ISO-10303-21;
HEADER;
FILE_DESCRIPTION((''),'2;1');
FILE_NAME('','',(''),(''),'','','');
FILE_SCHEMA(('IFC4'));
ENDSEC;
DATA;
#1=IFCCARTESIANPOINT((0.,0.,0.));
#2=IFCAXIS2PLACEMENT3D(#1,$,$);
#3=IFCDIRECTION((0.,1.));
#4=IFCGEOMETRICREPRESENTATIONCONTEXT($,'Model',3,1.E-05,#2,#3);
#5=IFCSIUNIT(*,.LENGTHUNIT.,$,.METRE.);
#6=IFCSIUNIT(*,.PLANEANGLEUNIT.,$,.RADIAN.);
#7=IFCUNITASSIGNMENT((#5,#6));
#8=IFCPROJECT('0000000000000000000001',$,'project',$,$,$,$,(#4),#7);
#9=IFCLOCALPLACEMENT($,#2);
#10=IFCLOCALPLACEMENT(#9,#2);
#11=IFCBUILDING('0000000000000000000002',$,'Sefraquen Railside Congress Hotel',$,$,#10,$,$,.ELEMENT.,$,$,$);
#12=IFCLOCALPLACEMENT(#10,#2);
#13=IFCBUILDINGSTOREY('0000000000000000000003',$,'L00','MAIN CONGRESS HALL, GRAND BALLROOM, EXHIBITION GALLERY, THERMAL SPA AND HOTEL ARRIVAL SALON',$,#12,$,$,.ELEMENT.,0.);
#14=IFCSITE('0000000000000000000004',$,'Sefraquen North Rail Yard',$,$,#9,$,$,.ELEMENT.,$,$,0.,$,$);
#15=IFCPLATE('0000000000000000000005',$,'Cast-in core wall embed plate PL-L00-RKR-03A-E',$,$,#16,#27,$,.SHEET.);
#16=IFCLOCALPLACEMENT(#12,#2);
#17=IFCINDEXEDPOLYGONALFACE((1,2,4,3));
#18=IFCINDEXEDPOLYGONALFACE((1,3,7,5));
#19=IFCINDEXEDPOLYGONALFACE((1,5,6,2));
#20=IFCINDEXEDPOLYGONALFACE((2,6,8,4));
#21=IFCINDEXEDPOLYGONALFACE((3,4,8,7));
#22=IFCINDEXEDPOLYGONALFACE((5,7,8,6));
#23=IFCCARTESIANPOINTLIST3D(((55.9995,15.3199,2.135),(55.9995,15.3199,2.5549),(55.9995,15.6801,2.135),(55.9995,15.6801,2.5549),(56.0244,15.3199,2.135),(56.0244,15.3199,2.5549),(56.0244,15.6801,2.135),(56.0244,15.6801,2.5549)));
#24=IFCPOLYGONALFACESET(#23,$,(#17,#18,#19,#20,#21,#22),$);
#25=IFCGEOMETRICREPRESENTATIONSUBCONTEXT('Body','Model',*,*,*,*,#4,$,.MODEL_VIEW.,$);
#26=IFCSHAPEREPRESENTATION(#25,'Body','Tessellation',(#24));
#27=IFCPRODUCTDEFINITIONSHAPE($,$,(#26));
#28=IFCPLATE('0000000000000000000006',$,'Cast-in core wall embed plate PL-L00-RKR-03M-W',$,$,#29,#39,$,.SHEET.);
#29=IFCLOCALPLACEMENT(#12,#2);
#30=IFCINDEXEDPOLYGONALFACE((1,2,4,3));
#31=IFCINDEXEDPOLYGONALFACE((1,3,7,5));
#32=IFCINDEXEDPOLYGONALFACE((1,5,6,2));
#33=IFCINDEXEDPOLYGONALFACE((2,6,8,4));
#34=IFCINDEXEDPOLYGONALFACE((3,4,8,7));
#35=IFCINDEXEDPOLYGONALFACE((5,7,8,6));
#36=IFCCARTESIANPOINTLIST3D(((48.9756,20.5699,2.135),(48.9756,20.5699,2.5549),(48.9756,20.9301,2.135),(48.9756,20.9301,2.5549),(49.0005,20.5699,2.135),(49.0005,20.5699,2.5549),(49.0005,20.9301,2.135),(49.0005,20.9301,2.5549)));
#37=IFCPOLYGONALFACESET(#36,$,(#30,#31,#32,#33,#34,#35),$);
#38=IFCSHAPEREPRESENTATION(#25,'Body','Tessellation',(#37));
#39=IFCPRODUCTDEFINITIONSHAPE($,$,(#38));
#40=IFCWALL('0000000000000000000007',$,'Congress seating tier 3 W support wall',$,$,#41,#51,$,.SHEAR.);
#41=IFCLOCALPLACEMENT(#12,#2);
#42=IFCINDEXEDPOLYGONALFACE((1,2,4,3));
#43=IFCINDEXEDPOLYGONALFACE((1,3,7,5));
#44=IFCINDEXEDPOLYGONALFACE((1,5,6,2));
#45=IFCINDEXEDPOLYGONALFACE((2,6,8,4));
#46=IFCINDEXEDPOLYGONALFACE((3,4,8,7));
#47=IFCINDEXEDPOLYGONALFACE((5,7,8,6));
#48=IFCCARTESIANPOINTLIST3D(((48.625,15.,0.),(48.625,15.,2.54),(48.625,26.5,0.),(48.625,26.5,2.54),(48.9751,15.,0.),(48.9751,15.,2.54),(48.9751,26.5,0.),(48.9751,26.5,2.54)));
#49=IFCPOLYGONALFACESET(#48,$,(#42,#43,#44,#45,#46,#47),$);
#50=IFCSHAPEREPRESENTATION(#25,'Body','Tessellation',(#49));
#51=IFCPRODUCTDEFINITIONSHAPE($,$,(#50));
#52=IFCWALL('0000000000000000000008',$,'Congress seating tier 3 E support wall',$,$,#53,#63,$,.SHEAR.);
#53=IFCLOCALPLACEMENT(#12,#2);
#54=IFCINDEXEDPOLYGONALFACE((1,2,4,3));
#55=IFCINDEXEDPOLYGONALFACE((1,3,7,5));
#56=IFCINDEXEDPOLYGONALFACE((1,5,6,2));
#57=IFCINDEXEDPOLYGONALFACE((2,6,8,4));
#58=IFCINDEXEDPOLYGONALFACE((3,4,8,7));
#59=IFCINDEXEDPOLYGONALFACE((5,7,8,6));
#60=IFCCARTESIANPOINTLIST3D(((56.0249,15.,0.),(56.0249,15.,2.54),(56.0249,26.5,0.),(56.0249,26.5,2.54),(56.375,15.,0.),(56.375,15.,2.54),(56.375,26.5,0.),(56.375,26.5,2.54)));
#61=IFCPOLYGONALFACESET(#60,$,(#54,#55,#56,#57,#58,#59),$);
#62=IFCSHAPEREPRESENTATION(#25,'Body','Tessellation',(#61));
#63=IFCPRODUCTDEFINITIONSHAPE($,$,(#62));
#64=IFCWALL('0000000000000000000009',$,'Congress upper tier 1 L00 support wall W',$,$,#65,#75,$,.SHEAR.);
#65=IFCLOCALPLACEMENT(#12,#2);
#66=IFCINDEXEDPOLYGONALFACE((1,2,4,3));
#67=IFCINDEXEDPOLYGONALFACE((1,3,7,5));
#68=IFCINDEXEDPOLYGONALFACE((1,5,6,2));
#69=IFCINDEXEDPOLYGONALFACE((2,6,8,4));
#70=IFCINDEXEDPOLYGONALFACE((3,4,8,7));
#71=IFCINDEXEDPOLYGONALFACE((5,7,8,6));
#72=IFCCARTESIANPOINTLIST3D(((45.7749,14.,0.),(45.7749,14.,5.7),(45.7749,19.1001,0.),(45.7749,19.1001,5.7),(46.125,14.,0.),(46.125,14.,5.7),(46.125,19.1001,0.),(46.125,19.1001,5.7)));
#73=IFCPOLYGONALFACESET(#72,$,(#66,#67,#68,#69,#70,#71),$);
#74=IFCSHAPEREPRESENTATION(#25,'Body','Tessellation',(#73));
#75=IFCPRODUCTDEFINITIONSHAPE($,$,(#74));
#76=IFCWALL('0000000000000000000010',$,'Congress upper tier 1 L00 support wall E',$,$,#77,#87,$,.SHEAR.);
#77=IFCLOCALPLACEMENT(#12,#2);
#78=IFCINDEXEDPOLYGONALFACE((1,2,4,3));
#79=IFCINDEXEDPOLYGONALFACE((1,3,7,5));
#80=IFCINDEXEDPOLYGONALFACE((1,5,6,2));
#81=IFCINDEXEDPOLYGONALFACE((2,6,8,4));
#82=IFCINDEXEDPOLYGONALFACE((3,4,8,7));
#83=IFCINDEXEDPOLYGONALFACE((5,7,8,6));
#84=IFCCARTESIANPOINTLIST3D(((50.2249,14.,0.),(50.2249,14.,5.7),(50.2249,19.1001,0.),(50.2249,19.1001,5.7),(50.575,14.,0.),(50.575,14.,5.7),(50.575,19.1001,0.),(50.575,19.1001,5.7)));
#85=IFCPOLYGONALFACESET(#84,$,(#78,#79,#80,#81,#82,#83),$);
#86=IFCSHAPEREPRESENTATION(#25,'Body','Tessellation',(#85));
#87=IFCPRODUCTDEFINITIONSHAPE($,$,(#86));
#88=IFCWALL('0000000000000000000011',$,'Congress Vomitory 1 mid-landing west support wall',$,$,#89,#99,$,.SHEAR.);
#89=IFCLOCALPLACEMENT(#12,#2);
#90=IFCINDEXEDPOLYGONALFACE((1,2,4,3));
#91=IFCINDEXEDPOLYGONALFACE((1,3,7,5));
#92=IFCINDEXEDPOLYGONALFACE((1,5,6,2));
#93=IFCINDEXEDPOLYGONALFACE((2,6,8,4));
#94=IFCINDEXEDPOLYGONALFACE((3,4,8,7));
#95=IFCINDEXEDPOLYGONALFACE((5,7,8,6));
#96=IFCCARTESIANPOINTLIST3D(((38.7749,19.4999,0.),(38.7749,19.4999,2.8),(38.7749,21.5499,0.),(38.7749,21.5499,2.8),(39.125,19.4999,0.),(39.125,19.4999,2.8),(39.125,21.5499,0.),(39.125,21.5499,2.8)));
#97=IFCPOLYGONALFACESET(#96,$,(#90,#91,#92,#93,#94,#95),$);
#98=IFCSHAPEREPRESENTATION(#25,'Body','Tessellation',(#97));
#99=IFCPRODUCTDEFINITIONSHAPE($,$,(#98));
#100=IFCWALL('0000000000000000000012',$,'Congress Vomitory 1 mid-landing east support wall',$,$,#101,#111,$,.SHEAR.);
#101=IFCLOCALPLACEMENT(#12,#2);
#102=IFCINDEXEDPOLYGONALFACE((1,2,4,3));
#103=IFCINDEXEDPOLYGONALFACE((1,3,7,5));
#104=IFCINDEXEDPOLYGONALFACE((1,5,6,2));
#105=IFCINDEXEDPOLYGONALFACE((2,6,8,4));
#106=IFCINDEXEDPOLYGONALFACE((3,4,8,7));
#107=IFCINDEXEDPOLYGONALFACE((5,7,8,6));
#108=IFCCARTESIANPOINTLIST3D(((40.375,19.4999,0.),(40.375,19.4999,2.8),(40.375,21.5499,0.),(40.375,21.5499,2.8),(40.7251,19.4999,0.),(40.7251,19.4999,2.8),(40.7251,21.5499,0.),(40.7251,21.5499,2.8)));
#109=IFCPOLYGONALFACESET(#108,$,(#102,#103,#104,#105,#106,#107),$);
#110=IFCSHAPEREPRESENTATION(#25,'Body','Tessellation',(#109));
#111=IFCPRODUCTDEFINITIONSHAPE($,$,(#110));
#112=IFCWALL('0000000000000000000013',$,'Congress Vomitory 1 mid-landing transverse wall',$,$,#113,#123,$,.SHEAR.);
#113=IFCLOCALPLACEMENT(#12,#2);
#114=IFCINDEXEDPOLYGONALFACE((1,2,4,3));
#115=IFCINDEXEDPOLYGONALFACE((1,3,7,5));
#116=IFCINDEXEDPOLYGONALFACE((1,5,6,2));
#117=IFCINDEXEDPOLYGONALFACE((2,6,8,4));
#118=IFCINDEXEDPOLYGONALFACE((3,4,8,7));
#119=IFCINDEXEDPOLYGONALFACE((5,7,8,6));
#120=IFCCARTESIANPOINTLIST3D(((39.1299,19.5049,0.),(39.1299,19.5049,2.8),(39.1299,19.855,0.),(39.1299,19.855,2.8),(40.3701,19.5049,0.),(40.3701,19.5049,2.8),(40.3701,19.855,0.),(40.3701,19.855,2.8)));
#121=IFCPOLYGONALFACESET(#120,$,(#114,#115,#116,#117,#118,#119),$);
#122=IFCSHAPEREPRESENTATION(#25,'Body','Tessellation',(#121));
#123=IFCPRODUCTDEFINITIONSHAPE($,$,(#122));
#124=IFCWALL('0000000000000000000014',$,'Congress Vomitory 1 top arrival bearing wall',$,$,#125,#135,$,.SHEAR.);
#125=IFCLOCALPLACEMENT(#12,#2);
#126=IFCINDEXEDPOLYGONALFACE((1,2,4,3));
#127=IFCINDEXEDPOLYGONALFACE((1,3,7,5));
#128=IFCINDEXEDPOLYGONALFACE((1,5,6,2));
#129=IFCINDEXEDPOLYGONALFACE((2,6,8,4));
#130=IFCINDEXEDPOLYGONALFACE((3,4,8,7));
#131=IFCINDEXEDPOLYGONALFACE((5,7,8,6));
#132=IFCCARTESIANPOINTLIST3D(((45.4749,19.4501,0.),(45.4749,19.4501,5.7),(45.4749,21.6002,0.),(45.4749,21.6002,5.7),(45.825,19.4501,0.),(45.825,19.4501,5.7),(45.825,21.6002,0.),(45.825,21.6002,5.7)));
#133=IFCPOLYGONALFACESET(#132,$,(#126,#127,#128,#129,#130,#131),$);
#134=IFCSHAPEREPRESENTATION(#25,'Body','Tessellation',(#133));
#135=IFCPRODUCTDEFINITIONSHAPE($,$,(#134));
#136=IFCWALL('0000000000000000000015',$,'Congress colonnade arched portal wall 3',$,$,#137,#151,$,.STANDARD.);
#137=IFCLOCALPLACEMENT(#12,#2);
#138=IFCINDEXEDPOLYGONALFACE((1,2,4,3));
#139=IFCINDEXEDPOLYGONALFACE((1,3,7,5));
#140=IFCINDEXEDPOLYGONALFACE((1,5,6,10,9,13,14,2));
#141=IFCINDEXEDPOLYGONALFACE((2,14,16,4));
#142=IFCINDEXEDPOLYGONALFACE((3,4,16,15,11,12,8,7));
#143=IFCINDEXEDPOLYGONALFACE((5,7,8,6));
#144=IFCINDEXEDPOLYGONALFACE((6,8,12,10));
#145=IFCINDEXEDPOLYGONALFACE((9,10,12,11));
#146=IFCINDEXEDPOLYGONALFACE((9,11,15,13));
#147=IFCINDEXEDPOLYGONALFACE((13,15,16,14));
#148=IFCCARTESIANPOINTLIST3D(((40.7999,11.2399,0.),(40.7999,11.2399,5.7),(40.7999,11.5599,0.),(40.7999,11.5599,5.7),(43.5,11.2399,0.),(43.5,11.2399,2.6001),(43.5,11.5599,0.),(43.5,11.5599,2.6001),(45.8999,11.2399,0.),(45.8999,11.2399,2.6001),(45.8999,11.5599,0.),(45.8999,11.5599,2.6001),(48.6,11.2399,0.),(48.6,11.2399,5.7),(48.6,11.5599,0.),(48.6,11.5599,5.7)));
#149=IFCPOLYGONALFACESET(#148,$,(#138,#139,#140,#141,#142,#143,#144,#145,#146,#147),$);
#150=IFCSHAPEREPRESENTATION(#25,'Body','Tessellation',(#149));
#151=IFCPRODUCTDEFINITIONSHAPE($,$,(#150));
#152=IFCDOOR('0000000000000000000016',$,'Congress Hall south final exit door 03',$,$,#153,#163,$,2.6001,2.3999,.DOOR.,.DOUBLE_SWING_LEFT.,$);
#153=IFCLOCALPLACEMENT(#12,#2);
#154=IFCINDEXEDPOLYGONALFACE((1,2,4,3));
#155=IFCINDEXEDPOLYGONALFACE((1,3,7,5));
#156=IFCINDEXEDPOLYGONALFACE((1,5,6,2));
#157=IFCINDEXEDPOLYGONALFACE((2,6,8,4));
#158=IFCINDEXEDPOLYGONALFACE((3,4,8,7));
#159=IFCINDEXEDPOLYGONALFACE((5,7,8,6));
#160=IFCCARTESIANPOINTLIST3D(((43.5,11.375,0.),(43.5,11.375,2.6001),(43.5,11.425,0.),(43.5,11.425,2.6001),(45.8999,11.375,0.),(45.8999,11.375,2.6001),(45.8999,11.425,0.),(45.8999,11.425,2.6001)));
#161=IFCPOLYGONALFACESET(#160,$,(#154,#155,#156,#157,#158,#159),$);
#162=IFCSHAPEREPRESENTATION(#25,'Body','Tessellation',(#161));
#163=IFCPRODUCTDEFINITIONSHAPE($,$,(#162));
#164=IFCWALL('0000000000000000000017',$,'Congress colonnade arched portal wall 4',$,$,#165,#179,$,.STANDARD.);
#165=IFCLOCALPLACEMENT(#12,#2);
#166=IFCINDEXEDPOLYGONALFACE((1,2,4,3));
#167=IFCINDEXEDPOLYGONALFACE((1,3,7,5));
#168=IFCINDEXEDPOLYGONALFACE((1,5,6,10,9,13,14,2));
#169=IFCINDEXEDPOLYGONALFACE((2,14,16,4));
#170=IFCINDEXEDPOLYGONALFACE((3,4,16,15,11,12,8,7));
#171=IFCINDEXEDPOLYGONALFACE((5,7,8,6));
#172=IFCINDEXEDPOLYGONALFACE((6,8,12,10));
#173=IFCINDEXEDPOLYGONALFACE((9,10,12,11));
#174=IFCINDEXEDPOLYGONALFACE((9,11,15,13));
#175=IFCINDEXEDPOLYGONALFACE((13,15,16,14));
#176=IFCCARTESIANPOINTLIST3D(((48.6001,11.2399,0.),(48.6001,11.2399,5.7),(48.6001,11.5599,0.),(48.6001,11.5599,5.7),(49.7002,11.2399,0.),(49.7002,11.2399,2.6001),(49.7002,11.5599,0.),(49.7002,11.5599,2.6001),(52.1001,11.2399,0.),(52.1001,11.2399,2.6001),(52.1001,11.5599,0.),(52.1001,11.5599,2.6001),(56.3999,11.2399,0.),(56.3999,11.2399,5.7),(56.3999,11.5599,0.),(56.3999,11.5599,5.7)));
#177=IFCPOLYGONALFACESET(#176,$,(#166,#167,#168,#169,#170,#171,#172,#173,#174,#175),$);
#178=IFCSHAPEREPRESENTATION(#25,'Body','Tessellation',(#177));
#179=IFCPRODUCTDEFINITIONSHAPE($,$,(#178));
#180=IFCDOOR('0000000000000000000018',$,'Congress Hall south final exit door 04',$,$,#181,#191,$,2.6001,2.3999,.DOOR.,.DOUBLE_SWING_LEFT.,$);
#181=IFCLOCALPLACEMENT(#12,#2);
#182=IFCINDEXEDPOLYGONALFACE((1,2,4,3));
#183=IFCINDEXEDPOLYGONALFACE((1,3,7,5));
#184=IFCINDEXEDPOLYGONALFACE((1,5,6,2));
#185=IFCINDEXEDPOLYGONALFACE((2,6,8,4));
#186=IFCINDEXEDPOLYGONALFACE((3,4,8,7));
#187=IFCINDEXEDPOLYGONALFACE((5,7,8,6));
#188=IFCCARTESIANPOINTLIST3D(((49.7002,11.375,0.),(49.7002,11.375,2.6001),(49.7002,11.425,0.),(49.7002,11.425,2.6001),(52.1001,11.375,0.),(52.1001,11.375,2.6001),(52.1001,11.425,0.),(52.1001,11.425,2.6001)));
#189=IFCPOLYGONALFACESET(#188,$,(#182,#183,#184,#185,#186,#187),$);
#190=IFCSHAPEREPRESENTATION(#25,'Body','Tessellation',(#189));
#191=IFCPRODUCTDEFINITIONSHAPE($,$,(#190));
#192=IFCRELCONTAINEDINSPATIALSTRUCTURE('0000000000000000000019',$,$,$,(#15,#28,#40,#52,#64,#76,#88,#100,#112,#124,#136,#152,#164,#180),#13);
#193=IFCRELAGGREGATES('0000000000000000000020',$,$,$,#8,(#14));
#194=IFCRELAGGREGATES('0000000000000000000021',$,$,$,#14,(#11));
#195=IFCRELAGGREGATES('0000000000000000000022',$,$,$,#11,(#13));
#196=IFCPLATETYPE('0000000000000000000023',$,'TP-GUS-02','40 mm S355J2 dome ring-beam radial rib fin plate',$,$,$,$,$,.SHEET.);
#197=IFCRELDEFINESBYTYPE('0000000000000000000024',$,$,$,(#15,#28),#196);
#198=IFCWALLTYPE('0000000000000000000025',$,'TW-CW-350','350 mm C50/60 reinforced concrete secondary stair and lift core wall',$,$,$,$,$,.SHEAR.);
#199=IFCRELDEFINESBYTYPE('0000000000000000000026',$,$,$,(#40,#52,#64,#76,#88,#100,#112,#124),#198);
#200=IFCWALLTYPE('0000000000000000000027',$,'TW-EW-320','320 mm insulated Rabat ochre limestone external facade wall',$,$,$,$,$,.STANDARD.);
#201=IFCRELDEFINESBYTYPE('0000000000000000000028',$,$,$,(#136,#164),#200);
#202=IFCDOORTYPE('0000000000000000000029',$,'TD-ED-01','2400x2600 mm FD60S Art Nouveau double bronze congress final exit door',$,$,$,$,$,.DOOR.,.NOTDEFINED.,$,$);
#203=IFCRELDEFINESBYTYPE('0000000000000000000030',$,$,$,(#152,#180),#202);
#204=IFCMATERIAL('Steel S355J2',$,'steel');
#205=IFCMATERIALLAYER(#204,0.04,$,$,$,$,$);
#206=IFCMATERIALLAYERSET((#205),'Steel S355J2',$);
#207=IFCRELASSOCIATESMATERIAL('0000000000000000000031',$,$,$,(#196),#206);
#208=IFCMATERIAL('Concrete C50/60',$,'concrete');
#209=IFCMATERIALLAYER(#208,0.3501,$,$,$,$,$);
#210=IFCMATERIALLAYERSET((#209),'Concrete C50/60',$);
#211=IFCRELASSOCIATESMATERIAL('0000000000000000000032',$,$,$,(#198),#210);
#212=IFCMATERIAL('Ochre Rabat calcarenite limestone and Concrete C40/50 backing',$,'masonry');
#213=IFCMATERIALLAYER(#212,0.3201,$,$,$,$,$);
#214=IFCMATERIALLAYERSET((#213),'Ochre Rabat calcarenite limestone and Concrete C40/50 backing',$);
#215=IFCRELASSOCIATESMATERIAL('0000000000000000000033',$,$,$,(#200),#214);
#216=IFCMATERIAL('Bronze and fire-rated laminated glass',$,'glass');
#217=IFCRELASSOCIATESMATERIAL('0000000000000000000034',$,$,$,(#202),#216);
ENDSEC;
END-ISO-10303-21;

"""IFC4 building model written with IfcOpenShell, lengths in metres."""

from ifc_helpers import new_model, si_unit, direction, frame, frame_2d, origin, origin_2d, place, context, subcontext, project, spatial, rectangle, extrude, material, layer, layer_set, type_object, element, fill, save


model = new_model("IFC4")

# Units and contexts
model_context = context("Model", 3, precision=1e-05, world=origin(), true_north=direction((0.0, 1.0)))
body_context = subcontext(model_context, "Body", "Model", "MODEL_VIEW")
ifc_project = project(units=[si_unit("LENGTHUNIT", "METRE"), si_unit("PLANEANGLEUNIT", "RADIAN")], contexts=[model_context])

# Site, building, storey
site_placement = place(None, origin())
site = spatial("IfcSite", under=ifc_project, at=site_placement, Name="Sefraquen North Rail Yard", CompositionType="ELEMENT", RefElevation=0.0)
building_placement = place(site_placement, origin())
building = spatial("IfcBuilding", under=site, at=building_placement, Name="Sefraquen Railside Congress Hotel", CompositionType="ELEMENT")
storey_placement = place(building_placement, origin())
storey = spatial("IfcBuildingStorey", under=building, at=storey_placement, Name="L00", Description="MAIN CONGRESS HALL, GRAND BALLROOM, EXHIBITION GALLERY, THERMAL SPA AND HOTEL ARRIVAL SALON", CompositionType="ELEMENT", Elevation=0.0)

# Plates
ifc_material_1 = material(Name="Steel S355J2", Category="steel")
ifc_layer_1 = layer(ifc_material_1, 0.04)
ifc_layer_set_1 = layer_set([ifc_layer_1], Name="Steel S355J2")
plate_type = type_object("IfcPlateType", Name="TP-GUS-02", Description="40 mm S355J2 dome ring-beam radial rib fin plate", PredefinedType="SHEET", material=ifc_layer_set_1)
for number, where, z_axis, x_axis, name in (
    (1, (56.012, 15.5, 2.135), (0.0, 0.0, 1.0), (1.0, 0.0, 0.0), "Cast-in core wall embed plate PL-L00-RKR-03A-E"),
    (2, (48.988, 20.75, 2.135), (0.0, 0.0, 1.0), (1.0, 0.0, 0.0), "Cast-in core wall embed plate PL-L00-RKR-03M-W"),
):
    element("IfcPlate", number, at=place(storey_placement, frame(where, z_axis=z_axis, x_axis=x_axis)), inside=storey, type_object=plate_type, Name=name, PredefinedType="SHEET", context=body_context, shape_type="SweptSolid", body=[
        extrude(rectangle(XDim=0.0249, YDim=0.3601, at=origin_2d()), origin(), (0.0, 0.0, 1.0), 0.4199),
    ])

# Walls
ifc_material_2 = material(Name="Concrete C50/60", Category="concrete")
ifc_layer_2 = layer(ifc_material_2, 0.3501)
ifc_layer_set_2 = layer_set([ifc_layer_2], Name="Concrete C50/60")
wall_type_1 = type_object("IfcWallType", Name="TW-CW-350", Description="350 mm C50/60 reinforced concrete secondary stair and lift core wall", PredefinedType="SHEAR", material=ifc_layer_set_2)
for number, where, z_axis, x_axis, name in (
    (3, (48.8, 15.0, 0.0), (0.0, 0.0, 1.0), (0.0, 1.0, 0.0), "Congress seating tier 3 W support wall"),
    (4, (56.2, 15.0, 0.0), (0.0, 0.0, 1.0), (0.0, 1.0, 0.0), "Congress seating tier 3 E support wall"),
):
    element("IfcWall", number, at=place(storey_placement, frame(where, z_axis=z_axis, x_axis=x_axis)), inside=storey, type_object=wall_type_1, Name=name, PredefinedType="SHEAR", context=body_context, shape_type="SweptSolid", body=[
        extrude(rectangle(XDim=11.5, YDim=0.3501, at=frame_2d((5.75, 0.0))), origin(), (0.0, 0.0, 1.0), 2.54),
    ])
for number, where, z_axis, x_axis, name in (
    (5, (45.95, 14.0, 0.0), (0.0, 0.0, 1.0), (0.0, 1.0, 0.0), "Congress upper tier 1 L00 support wall W"),
    (6, (50.3999, 14.0, 0.0), (0.0, 0.0, 1.0), (0.0, 1.0, 0.0), "Congress upper tier 1 L00 support wall E"),
):
    element("IfcWall", number, at=place(storey_placement, frame(where, z_axis=z_axis, x_axis=x_axis)), inside=storey, type_object=wall_type_1, Name=name, PredefinedType="SHEAR", context=body_context, shape_type="SweptSolid", body=[
        extrude(rectangle(XDim=5.1001, YDim=0.3501, at=frame_2d((2.55, 0.0))), origin(), (0.0, 0.0, 1.0), 5.7),
    ])
for number, where, z_axis, x_axis, name in (
    (7, (38.95, 19.5, 0.0), (0.0, 0.0, 1.0), (0.0, 1.0, 0.0), "Congress Vomitory 1 mid-landing west support wall"),
    (8, (40.55, 19.5, 0.0), (0.0, 0.0, 1.0), (0.0, 1.0, 0.0), "Congress Vomitory 1 mid-landing east support wall"),
):
    element("IfcWall", number, at=place(storey_placement, frame(where, z_axis=z_axis, x_axis=x_axis)), inside=storey, type_object=wall_type_1, Name=name, PredefinedType="SHEAR", context=body_context, shape_type="SweptSolid", body=[
        extrude(rectangle(XDim=2.05, YDim=0.3501, at=frame_2d((1.0249, 0.0))), origin(), (0.0, 0.0, 1.0), 2.8),
    ])
wall_1_placement = place(storey_placement, frame((39.1299, 19.6799, 0.0), z_axis=(0.0, 0.0, 1.0), x_axis=(1.0, 0.0, 0.0)))
element("IfcWall", 9, at=wall_1_placement, inside=storey, type_object=wall_type_1, Name="Congress Vomitory 1 mid-landing transverse wall", PredefinedType="SHEAR", context=body_context, shape_type="SweptSolid", body=[
    extrude(rectangle(XDim=1.2402, YDim=0.3501, at=frame_2d((0.6201, 0.0))), origin(), (0.0, 0.0, 1.0), 2.8),
])
wall_2_placement = place(storey_placement, frame((45.6499, 19.45, 0.0), z_axis=(0.0, 0.0, 1.0), x_axis=(0.0, 1.0, 0.0)))
element("IfcWall", 10, at=wall_2_placement, inside=storey, type_object=wall_type_1, Name="Congress Vomitory 1 top arrival bearing wall", PredefinedType="SHEAR", context=body_context, shape_type="SweptSolid", body=[
    extrude(rectangle(XDim=2.1501, YDim=0.3501, at=frame_2d((1.0752, 0.0))), origin(), (0.0, 0.0, 1.0), 5.7),
])

# Walls, openings, doors
ifc_material_3 = material(Name="Ochre Rabat calcarenite limestone and Concrete C40/50 backing", Category="masonry")
ifc_layer_3 = layer(ifc_material_3, 0.3201)
ifc_layer_set_3 = layer_set([ifc_layer_3], Name="Ochre Rabat calcarenite limestone and Concrete C40/50 backing")
wall_type_2 = type_object("IfcWallType", Name="TW-EW-320", Description="320 mm insulated Rabat ochre limestone external facade wall", PredefinedType="STANDARD", material=ifc_layer_set_3)
wall_3_placement = place(storey_placement, frame((40.8, 11.3999, 0.0), z_axis=(0.0, 0.0, 1.0), x_axis=(1.0, 0.0, 0.0)))
wall_3 = element("IfcWall", 11, at=wall_3_placement, inside=storey, type_object=wall_type_2, Name="Congress colonnade arched portal wall 3", PredefinedType="STANDARD", context=body_context, shape_type="SweptSolid", body=[
    extrude(rectangle(XDim=7.8, YDim=0.3201, at=frame_2d((3.8999, 0.0))), origin(), (0.0, 0.0, 1.0), 5.7),
])
opening_1_placement = place(wall_3_placement, frame((2.7, 0.0, 0.0)))
opening_1 = element("IfcOpeningElement", 12, at=opening_1_placement, cuts=wall_3, PredefinedType="OPENING", context=body_context, shape_type="SweptSolid", body=[
    extrude(rectangle(XDim=2.3999, YDim=2.6001, at=frame_2d((1.2, 1.3))), frame((0.0, 0.1699, 0.0), z_axis=(0.0, -1.0, 0.0), x_axis=(1.0, 0.0, 0.0)), (0.0, 0.0, 1.0), 0.3401),
])
ifc_material_4 = material(Name="Bronze and fire-rated laminated glass", Category="glass")
door_type = type_object("IfcDoorType", Name="TD-ED-01", Description="2400x2600 mm FD60S Art Nouveau double bronze congress final exit door", OperationType="NOTDEFINED", PredefinedType="DOOR", material=ifc_material_4)
door_1_placement = place(opening_1_placement, frame((2.3999, 0.0, 0.0), z_axis=(0.0, 0.0, 1.0), x_axis=(-1.0, 0.0, 0.0)))
door_1 = element("IfcDoor", 13, at=door_1_placement, inside=storey, type_object=door_type, Name="Congress Hall south final exit door 03", OperationType="DOUBLE_SWING_LEFT", OverallHeight=2.6001, OverallWidth=2.3999, PredefinedType="DOOR", context=body_context, shape_type="SweptSolid", body=[
    extrude(rectangle(XDim=2.3999, YDim=2.6001, at=frame_2d((1.2, 1.3))), frame((0.0, 0.0249, 0.0), z_axis=(0.0, -1.0, 0.0), x_axis=(1.0, 0.0, 0.0)), (0.0, 0.0, 1.0), 0.05),
])
fill(opening_1, door_1)
wall_4_placement = place(storey_placement, frame((48.6001, 11.3999, 0.0), z_axis=(0.0, 0.0, 1.0), x_axis=(1.0, 0.0, 0.0)))
wall_4 = element("IfcWall", 14, at=wall_4_placement, inside=storey, type_object=wall_type_2, Name="Congress colonnade arched portal wall 4", PredefinedType="STANDARD", context=body_context, shape_type="SweptSolid", body=[
    extrude(rectangle(XDim=7.7998, YDim=0.3201, at=frame_2d((3.8999, 0.0))), origin(), (0.0, 0.0, 1.0), 5.7),
])
opening_2_placement = place(wall_4_placement, frame((1.1001, 0.0, 0.0)))
opening_2 = element("IfcOpeningElement", 15, at=opening_2_placement, cuts=wall_4, PredefinedType="OPENING", context=body_context, shape_type="SweptSolid", body=[
    extrude(rectangle(XDim=2.3999, YDim=2.6001, at=frame_2d((1.2, 1.3))), frame((0.0, 0.1699, 0.0), z_axis=(0.0, -1.0, 0.0), x_axis=(1.0, 0.0, 0.0)), (0.0, 0.0, 1.0), 0.3401),
])
door_2_placement = place(opening_2_placement, frame((2.3999, 0.0, 0.0), z_axis=(0.0, 0.0, 1.0), x_axis=(-1.0, 0.0, 0.0)))
door_2 = element("IfcDoor", 16, at=door_2_placement, inside=storey, type_object=door_type, Name="Congress Hall south final exit door 04", OperationType="DOUBLE_SWING_LEFT", OverallHeight=2.6001, OverallWidth=2.3999, PredefinedType="DOOR", context=body_context, shape_type="SweptSolid", body=[
    extrude(rectangle(XDim=2.3999, YDim=2.6001, at=frame_2d((1.2, 1.3))), frame((0.0, 0.0249, 0.0), z_axis=(0.0, -1.0, 0.0), x_axis=(1.0, 0.0, 0.0)), (0.0, 0.0, 1.0), 0.05),
])
fill(opening_2, door_2)

save(model, "model.ifc")
